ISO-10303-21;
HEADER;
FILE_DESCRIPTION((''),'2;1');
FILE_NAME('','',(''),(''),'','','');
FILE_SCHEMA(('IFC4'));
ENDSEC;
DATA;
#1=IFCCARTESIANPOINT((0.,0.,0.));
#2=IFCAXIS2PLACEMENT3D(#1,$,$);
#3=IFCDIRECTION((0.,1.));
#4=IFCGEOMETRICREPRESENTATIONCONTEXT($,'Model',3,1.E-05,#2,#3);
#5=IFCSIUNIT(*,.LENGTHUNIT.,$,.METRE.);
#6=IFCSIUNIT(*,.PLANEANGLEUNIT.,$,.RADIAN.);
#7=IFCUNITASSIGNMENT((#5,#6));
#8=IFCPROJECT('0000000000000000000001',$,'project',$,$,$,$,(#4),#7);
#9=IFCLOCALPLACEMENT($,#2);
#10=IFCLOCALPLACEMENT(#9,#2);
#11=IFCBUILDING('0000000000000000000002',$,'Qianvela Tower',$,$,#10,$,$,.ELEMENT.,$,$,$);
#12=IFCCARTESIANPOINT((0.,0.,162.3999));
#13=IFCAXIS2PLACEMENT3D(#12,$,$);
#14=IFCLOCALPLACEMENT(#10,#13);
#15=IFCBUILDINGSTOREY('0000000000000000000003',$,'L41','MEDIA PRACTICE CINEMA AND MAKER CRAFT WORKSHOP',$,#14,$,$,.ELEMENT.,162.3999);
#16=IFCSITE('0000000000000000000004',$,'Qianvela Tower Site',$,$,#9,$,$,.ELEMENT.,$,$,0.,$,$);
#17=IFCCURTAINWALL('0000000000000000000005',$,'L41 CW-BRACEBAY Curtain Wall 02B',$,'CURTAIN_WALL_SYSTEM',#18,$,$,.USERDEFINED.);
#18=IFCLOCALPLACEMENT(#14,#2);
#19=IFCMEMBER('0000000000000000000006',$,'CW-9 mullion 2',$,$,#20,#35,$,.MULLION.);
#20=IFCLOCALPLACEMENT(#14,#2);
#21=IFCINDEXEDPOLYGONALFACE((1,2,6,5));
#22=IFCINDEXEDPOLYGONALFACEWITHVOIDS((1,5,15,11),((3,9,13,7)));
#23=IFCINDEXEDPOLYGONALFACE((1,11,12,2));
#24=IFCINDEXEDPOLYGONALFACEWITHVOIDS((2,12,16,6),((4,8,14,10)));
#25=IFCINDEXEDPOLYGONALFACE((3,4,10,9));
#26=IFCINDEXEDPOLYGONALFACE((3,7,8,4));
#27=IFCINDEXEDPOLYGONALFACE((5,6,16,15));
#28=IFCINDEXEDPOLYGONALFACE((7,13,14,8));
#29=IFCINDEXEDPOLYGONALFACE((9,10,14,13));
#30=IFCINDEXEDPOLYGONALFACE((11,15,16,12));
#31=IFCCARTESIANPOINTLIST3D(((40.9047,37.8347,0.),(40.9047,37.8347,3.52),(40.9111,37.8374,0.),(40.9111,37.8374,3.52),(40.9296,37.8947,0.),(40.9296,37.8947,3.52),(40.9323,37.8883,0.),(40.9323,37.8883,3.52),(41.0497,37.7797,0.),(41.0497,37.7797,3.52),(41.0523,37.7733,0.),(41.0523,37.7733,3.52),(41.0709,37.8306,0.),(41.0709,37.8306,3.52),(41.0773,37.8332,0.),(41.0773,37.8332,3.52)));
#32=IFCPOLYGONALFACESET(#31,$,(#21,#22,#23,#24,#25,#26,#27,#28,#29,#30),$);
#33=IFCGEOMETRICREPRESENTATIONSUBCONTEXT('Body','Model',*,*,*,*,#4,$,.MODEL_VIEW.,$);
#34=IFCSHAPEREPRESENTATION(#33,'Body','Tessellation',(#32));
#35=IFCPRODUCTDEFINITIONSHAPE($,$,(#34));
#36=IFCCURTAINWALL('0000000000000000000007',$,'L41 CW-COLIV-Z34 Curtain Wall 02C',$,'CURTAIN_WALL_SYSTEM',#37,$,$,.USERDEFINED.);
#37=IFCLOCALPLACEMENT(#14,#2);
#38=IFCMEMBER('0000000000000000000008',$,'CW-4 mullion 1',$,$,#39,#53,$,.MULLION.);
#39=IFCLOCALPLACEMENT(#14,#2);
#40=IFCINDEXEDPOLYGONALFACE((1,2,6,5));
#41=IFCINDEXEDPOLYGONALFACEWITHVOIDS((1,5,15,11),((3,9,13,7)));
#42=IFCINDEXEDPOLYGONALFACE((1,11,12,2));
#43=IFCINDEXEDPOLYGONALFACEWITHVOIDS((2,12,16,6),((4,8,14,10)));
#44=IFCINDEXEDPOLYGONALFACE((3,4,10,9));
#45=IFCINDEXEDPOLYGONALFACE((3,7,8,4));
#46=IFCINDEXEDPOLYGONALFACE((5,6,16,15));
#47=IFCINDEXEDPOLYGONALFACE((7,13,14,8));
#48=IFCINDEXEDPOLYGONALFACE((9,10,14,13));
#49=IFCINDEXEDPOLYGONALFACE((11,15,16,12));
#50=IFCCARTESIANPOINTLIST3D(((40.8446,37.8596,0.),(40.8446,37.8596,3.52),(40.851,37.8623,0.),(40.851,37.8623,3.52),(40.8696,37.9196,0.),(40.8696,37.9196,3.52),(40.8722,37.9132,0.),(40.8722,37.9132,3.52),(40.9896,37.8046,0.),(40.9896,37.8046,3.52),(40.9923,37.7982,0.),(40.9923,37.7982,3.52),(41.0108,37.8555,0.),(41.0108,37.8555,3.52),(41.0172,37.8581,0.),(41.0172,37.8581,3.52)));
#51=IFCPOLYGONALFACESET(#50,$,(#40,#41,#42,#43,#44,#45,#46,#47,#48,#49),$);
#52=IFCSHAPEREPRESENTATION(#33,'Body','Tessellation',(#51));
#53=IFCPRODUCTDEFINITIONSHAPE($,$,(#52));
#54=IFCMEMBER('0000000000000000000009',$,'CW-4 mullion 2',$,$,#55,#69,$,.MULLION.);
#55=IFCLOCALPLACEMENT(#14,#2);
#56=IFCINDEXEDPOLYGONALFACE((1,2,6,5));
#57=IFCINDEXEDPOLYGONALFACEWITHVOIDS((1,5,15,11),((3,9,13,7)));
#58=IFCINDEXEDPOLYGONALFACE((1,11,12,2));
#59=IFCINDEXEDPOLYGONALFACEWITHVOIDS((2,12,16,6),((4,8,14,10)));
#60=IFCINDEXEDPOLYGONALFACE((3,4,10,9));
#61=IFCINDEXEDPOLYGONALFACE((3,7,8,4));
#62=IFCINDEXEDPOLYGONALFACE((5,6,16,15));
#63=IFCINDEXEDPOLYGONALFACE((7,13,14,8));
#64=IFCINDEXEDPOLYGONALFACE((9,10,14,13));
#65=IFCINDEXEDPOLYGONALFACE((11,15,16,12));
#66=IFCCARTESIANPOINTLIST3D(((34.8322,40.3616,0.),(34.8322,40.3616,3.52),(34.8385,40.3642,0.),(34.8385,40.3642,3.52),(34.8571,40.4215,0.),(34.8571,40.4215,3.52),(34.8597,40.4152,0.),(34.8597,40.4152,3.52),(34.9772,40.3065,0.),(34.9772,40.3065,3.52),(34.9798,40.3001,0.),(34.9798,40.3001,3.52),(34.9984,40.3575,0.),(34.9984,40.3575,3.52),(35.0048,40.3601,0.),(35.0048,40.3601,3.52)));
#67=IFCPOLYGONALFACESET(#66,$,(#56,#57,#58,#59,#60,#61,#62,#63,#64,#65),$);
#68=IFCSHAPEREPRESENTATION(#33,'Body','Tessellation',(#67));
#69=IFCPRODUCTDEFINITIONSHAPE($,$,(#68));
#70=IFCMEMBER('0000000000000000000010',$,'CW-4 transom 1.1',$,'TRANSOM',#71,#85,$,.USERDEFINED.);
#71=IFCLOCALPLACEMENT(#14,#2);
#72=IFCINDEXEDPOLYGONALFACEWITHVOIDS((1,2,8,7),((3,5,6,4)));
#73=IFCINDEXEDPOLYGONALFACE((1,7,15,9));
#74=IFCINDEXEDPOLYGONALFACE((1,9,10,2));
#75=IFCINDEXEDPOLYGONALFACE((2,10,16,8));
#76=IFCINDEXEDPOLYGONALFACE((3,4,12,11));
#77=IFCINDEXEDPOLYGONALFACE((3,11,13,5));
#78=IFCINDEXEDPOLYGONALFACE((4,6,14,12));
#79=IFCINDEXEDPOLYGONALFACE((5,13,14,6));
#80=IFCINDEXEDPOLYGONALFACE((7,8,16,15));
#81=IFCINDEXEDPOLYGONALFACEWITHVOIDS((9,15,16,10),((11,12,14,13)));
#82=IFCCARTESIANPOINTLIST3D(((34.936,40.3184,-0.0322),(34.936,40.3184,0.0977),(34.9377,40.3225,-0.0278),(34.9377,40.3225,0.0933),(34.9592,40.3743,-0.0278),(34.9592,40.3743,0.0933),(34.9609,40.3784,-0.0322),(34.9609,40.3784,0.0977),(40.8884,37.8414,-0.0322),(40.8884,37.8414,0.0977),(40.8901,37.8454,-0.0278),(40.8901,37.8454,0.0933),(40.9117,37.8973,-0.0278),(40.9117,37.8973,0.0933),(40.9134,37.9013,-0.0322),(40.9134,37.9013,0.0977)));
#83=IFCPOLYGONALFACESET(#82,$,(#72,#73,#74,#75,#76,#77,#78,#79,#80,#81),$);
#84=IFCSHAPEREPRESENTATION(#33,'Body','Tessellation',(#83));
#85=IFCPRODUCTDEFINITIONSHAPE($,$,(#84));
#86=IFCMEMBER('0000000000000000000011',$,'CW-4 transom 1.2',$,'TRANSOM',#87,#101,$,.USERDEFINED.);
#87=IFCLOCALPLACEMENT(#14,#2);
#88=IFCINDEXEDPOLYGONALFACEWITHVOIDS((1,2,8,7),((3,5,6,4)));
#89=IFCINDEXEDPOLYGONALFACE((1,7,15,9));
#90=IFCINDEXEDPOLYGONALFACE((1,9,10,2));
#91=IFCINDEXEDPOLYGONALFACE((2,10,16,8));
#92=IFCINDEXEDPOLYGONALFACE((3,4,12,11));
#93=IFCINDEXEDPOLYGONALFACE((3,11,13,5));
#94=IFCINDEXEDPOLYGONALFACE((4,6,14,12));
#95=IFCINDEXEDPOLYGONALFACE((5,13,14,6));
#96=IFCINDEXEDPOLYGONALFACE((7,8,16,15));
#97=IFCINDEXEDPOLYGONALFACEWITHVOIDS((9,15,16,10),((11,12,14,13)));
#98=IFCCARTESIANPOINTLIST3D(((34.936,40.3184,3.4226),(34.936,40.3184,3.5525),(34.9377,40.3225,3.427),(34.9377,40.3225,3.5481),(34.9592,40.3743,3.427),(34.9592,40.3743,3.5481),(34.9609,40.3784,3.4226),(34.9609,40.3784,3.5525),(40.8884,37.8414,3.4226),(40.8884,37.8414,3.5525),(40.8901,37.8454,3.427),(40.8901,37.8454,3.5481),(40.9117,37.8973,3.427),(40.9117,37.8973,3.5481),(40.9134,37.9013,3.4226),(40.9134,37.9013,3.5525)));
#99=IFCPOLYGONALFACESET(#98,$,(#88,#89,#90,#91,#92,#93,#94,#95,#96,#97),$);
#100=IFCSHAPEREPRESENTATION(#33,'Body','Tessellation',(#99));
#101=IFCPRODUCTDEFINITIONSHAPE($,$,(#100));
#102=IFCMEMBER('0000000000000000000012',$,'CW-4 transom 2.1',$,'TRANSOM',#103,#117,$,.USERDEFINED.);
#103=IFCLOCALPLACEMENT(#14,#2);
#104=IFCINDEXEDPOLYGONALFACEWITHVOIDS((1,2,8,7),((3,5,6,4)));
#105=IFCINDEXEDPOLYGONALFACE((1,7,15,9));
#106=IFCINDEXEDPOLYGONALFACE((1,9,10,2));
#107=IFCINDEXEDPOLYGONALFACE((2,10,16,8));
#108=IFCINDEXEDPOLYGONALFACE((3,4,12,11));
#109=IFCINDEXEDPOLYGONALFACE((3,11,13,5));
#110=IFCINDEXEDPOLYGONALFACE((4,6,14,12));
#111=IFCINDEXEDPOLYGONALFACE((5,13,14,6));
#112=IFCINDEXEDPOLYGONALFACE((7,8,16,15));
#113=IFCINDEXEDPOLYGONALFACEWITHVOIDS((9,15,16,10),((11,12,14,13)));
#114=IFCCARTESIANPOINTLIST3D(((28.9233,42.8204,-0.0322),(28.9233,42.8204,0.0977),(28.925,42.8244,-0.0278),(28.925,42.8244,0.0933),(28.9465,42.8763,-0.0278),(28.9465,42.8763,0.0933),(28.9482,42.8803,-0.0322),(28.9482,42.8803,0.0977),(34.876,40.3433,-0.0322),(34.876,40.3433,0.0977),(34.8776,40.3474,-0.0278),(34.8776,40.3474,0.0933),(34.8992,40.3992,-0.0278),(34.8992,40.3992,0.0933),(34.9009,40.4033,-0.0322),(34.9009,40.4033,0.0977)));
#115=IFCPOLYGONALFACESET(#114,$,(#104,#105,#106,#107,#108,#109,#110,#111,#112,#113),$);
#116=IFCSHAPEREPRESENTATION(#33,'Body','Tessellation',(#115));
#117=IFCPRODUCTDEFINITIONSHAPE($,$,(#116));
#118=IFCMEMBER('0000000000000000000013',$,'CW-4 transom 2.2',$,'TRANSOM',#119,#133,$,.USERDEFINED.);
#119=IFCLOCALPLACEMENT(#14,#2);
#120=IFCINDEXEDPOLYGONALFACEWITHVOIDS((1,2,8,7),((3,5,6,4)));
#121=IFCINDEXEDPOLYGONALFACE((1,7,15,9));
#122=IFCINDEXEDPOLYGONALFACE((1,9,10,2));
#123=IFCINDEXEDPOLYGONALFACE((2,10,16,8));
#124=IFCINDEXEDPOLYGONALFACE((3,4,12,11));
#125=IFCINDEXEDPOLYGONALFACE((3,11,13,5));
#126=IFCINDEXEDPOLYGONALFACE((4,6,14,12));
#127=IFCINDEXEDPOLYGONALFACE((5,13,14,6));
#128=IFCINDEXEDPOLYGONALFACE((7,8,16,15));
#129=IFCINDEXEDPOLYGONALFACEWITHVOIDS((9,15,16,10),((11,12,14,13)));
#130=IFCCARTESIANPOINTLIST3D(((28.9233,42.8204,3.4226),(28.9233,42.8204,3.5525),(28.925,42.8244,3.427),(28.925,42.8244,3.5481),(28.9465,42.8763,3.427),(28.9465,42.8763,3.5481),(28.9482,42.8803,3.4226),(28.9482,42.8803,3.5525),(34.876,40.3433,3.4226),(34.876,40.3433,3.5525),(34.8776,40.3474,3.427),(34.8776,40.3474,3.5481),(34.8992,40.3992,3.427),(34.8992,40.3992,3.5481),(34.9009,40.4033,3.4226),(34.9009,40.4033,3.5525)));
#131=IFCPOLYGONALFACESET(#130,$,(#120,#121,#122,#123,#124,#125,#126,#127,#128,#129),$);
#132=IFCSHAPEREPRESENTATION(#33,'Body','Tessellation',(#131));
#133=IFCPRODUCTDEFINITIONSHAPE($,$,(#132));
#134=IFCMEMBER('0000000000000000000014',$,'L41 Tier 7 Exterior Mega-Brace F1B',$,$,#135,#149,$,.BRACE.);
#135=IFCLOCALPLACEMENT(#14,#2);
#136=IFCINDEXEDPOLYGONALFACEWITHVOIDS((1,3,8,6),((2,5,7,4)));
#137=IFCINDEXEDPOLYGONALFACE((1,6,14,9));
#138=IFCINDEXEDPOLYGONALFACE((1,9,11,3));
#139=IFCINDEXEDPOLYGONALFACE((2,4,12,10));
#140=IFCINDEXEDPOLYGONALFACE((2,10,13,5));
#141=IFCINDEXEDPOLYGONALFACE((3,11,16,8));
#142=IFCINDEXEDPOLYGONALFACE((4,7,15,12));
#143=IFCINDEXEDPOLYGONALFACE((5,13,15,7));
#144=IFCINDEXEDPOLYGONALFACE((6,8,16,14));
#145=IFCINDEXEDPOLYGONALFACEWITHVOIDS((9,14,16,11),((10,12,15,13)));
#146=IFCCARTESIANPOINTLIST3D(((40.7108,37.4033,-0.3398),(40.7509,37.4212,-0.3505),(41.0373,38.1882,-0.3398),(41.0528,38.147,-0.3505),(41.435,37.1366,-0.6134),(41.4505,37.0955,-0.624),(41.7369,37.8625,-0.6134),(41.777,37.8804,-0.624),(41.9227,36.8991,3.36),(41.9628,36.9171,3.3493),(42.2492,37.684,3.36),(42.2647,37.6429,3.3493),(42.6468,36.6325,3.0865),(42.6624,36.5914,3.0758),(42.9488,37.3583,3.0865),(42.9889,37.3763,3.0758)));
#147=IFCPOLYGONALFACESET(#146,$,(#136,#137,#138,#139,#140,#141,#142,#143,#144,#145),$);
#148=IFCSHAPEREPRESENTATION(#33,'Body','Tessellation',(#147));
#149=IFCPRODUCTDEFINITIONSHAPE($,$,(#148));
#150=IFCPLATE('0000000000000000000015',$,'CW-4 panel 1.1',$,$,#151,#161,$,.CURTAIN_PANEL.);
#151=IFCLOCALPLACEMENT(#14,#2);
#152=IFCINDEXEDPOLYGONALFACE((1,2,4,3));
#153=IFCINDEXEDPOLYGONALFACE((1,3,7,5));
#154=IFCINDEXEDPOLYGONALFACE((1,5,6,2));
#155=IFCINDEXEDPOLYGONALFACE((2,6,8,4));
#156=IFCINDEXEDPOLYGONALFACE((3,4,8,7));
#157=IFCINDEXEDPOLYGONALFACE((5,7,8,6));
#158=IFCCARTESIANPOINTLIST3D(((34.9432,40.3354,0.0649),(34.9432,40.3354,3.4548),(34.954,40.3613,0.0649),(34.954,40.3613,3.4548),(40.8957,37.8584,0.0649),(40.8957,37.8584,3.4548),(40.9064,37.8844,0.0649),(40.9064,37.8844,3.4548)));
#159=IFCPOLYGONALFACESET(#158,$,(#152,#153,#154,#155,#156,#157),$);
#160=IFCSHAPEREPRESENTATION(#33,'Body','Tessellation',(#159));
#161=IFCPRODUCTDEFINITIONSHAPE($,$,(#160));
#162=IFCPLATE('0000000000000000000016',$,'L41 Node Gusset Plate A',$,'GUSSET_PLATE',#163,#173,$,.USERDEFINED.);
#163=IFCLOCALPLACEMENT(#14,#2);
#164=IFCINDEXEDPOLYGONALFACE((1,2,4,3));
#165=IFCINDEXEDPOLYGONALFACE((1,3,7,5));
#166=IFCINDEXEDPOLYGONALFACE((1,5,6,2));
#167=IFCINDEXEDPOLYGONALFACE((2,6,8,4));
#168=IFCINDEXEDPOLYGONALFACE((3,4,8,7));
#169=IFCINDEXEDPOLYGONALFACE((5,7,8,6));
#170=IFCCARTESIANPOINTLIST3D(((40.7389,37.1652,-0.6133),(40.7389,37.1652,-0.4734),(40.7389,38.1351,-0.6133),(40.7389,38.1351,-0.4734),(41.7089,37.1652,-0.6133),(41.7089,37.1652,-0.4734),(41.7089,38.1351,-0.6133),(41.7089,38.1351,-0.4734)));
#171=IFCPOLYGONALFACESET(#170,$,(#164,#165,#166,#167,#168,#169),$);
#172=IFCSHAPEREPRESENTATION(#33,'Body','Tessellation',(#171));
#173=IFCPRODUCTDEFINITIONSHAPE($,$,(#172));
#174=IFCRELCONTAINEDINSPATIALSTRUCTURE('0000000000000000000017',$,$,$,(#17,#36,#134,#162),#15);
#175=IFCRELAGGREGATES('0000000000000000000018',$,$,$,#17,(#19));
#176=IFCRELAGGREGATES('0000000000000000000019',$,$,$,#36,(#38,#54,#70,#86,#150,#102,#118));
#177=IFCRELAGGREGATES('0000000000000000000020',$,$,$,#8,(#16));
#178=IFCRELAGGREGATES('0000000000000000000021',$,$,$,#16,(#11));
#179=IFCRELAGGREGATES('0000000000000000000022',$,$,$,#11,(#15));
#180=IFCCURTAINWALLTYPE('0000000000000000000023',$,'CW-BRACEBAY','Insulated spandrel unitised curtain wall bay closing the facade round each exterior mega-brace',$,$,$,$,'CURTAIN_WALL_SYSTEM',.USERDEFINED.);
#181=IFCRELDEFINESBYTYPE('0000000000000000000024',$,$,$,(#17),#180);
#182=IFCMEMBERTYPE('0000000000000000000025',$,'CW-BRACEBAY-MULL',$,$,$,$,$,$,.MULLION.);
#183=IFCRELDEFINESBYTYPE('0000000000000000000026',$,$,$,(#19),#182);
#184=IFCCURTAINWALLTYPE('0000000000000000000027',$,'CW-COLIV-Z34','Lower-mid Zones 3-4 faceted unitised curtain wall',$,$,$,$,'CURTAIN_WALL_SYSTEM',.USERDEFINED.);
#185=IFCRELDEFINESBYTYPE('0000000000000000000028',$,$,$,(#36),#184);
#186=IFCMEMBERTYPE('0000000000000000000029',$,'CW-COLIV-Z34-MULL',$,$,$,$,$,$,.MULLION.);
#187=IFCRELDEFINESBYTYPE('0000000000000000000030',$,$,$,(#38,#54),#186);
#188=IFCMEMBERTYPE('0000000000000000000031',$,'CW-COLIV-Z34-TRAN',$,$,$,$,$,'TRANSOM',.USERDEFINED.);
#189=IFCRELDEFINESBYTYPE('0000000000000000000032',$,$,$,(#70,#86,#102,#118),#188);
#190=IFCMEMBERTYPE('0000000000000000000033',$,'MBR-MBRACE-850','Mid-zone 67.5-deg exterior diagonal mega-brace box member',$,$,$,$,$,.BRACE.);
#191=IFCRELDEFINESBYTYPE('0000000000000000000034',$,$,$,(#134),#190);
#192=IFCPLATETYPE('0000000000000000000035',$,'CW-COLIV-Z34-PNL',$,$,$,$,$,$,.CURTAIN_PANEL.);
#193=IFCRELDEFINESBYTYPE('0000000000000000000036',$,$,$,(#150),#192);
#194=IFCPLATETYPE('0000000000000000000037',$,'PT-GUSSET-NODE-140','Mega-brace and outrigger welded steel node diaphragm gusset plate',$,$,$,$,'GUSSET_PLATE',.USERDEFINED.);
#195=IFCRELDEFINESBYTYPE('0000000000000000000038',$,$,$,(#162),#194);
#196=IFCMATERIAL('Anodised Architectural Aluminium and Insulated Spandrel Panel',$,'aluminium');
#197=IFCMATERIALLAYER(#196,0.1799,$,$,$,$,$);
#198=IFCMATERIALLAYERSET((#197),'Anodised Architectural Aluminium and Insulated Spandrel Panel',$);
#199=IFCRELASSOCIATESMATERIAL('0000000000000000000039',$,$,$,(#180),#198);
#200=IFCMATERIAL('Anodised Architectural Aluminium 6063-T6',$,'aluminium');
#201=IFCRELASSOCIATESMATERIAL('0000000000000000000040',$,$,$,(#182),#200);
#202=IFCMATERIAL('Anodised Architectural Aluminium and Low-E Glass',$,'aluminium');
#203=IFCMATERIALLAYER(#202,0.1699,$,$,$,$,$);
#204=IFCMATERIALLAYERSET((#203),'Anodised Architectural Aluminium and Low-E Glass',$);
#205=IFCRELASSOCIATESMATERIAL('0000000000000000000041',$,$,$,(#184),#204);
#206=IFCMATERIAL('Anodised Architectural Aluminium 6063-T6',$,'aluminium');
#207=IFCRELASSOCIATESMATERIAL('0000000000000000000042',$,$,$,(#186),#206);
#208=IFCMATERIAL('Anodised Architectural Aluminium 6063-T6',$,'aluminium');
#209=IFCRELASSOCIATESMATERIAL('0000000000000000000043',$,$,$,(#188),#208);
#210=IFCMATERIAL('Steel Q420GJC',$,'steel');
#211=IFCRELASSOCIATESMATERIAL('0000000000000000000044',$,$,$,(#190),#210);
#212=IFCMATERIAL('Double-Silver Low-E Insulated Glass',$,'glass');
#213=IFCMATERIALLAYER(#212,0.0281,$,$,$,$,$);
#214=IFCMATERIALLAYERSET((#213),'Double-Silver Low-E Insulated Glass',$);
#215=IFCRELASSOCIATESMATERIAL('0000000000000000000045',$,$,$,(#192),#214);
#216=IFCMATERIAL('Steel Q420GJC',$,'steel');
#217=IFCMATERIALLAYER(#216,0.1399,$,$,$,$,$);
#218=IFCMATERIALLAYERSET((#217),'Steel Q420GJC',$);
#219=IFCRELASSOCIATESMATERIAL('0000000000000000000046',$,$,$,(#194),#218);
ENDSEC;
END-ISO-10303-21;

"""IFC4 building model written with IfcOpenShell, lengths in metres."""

from ifc_helpers import new_model, si_unit, direction, frame, origin, origin_2d, place, context, subcontext, project, spatial, rectangle, hollow_rectangle, extrude, material, layer, layer_set, material_profile, profile_set, type_object, element, aggregate, save


model = new_model("IFC4")

# Units and contexts
model_context = context("Model", 3, precision=1e-05, world=origin(), true_north=direction((0.0, 1.0)))
body_context = subcontext(model_context, "Body", "Model", "MODEL_VIEW")
ifc_project = project(units=[si_unit("LENGTHUNIT", "METRE"), si_unit("PLANEANGLEUNIT", "RADIAN")], contexts=[model_context])

# Site, building, storey
site_placement = place(None, origin())
site = spatial("IfcSite", under=ifc_project, at=site_placement, Name="Qianvela Tower Site", CompositionType="ELEMENT", RefElevation=0.0)
building_placement = place(site_placement, origin())
building = spatial("IfcBuilding", under=site, at=building_placement, Name="Qianvela Tower", CompositionType="ELEMENT")
storey_placement = place(building_placement, frame((0.0, 0.0, 162.3999)))
storey = spatial("IfcBuildingStorey", under=building, at=storey_placement, Name="L41", Description="MEDIA PRACTICE CINEMA AND MAKER CRAFT WORKSHOP", CompositionType="ELEMENT", Elevation=162.3999)

# Curtain wall, member
ifc_material_1 = material(Name="Anodised Architectural Aluminium and Insulated Spandrel Panel", Category="aluminium")
ifc_layer_1 = layer(ifc_material_1, 0.1799)
ifc_layer_set_1 = layer_set([ifc_layer_1], Name="Anodised Architectural Aluminium and Insulated Spandrel Panel")
curtain_wall_type_1 = type_object("IfcCurtainWallType", Name="CW-BRACEBAY", Description="Insulated spandrel unitised curtain wall bay closing the facade round each exterior mega-brace", ElementType="CURTAIN_WALL_SYSTEM", PredefinedType="USERDEFINED", material=ifc_layer_set_1)
curtain_wall_1_placement = place(storey_placement, origin())
curtain_wall_1 = element("IfcCurtainWall", 1, at=curtain_wall_1_placement, inside=storey, type_object=curtain_wall_type_1, Name="L41 CW-BRACEBAY Curtain Wall 02B", ObjectType="CURTAIN_WALL_SYSTEM", PredefinedType="USERDEFINED")
ifc_material_2 = material(Name="Anodised Architectural Aluminium 6063-T6", Category="aluminium")
ifc_material_profile_1 = material_profile(ifc_material_2, hollow_rectangle(XDim=0.0649, YDim=0.1599, WallThickness=0.0049, at=origin_2d()), Name="ALU-MULL-65x160")
ifc_profile_set_1 = profile_set([ifc_material_profile_1], Name="Anodised Architectural Aluminium 6063-T6")
member_type_1 = type_object("IfcMemberType", Name="CW-BRACEBAY-MULL", PredefinedType="MULLION", material=ifc_profile_set_1)
member_1_placement = place(storey_placement, frame((40.991, 37.834, 0.0), z_axis=(0.0, 0.0, 1.0), x_axis=(-0.384192, -0.923253, 0.0)))
member_1 = element("IfcMember", 2, at=member_1_placement, type_object=member_type_1, Name="CW-9 mullion 2", PredefinedType="MULLION", context=body_context, shape_type="SweptSolid", body=[
    extrude(hollow_rectangle(XDim=0.0649, YDim=0.1599, WallThickness=0.0049, at=origin_2d()), origin(), (0.0, 0.0, 1.0), 3.52),
])
aggregate(curtain_wall_1, [member_1])

# Curtain wall, members
ifc_material_3 = material(Name="Anodised Architectural Aluminium and Low-E Glass", Category="aluminium")
ifc_layer_2 = layer(ifc_material_3, 0.1699)
ifc_layer_set_2 = layer_set([ifc_layer_2], Name="Anodised Architectural Aluminium and Low-E Glass")
curtain_wall_type_2 = type_object("IfcCurtainWallType", Name="CW-COLIV-Z34", Description="Lower-mid Zones 3-4 faceted unitised curtain wall", ElementType="CURTAIN_WALL_SYSTEM", PredefinedType="USERDEFINED", material=ifc_layer_set_2)
curtain_wall_2_placement = place(storey_placement, origin())
curtain_wall_2 = element("IfcCurtainWall", 3, at=curtain_wall_2_placement, inside=storey, type_object=curtain_wall_type_2, Name="L41 CW-COLIV-Z34 Curtain Wall 02C", ObjectType="CURTAIN_WALL_SYSTEM", PredefinedType="USERDEFINED")
ifc_material_4 = material(Name="Anodised Architectural Aluminium 6063-T6", Category="aluminium")
ifc_material_profile_2 = material_profile(ifc_material_4, hollow_rectangle(XDim=0.0649, YDim=0.1599, WallThickness=0.0049, at=origin_2d()), Name="ALU-MULL-65x160")
ifc_profile_set_2 = profile_set([ifc_material_profile_2], Name="Anodised Architectural Aluminium 6063-T6")
member_type_2 = type_object("IfcMemberType", Name="CW-COLIV-Z34-MULL", PredefinedType="MULLION", material=ifc_profile_set_2)
member_2_placement = place(storey_placement, frame((40.9309, 37.8589, 0.0), z_axis=(0.0, 0.0, 1.0), x_axis=(-0.384182, -0.923257, 0.0)))
member_2 = element("IfcMember", 4, at=member_2_placement, type_object=member_type_2, Name="CW-4 mullion 1", PredefinedType="MULLION", context=body_context, shape_type="SweptSolid", body=[
    extrude(hollow_rectangle(XDim=0.0649, YDim=0.1599, WallThickness=0.0049, at=origin_2d()), origin(), (0.0, 0.0, 1.0), 3.52),
])
member_3_placement = place(storey_placement, frame((34.9185, 40.3608, 0.0), z_axis=(0.0, 0.0, 1.0), x_axis=(-0.384182, -0.923257, 0.0)))
member_3 = element("IfcMember", 5, at=member_3_placement, type_object=member_type_2, Name="CW-4 mullion 2", PredefinedType="MULLION", context=body_context, shape_type="SweptSolid", body=[
    extrude(hollow_rectangle(XDim=0.0649, YDim=0.1599, WallThickness=0.0049, at=origin_2d()), origin(), (0.0, 0.0, 1.0), 3.52),
])
ifc_material_5 = material(Name="Anodised Architectural Aluminium 6063-T6", Category="aluminium")
ifc_material_profile_3 = material_profile(ifc_material_5, hollow_rectangle(XDim=0.0649, YDim=0.1299, WallThickness=0.0044, at=origin_2d()), Name="ALU-TRAN-65x130")
ifc_profile_set_3 = profile_set([ifc_material_profile_3], Name="Anodised Architectural Aluminium 6063-T6")
member_type_3 = type_object("IfcMemberType", Name="CW-COLIV-Z34-TRAN", ElementType="TRANSOM", PredefinedType="USERDEFINED", material=ifc_profile_set_3)
member_4_placement = place(storey_placement, frame((40.9009, 37.8713, 0.0327), z_axis=(-0.923248, 0.384204, 0.0), x_axis=(-0.384204, -0.923248, 0.0)))
member_4 = element("IfcMember", 6, at=member_4_placement, type_object=member_type_3, Name="CW-4 transom 1.1", ObjectType="TRANSOM", PredefinedType="USERDEFINED", context=body_context, shape_type="SweptSolid", body=[
    extrude(hollow_rectangle(XDim=0.0649, YDim=0.1299, WallThickness=0.0044, at=origin_2d()), origin(), (0.0, 0.0, 1.0), 6.4473),
])
member_5_placement = place(storey_placement, frame((40.9009, 37.8713, 3.4875), z_axis=(-0.923248, 0.384204, 0.0), x_axis=(-0.384204, -0.923248, 0.0)))
member_5 = element("IfcMember", 7, at=member_5_placement, type_object=member_type_3, Name="CW-4 transom 1.2", ObjectType="TRANSOM", PredefinedType="USERDEFINED", context=body_context, shape_type="SweptSolid", body=[
    extrude(hollow_rectangle(XDim=0.0649, YDim=0.1299, WallThickness=0.0044, at=origin_2d()), origin(), (0.0, 0.0, 1.0), 6.4473),
])
member_6_placement = place(storey_placement, frame((34.8884, 40.3733, 0.0327), z_axis=(-0.923254, 0.384191, 0.0), x_axis=(-0.384191, -0.923254, 0.0)))
member_6 = element("IfcMember", 8, at=member_6_placement, type_object=member_type_3, Name="CW-4 transom 2.1", ObjectType="TRANSOM", PredefinedType="USERDEFINED", context=body_context, shape_type="SweptSolid", body=[
    extrude(hollow_rectangle(XDim=0.0649, YDim=0.1299, WallThickness=0.0044, at=origin_2d()), origin(), (0.0, 0.0, 1.0), 6.4475),
])
member_7_placement = place(storey_placement, frame((34.8884, 40.3733, 3.4875), z_axis=(-0.923254, 0.384191, 0.0), x_axis=(-0.384191, -0.923254, 0.0)))
member_7 = element("IfcMember", 9, at=member_7_placement, type_object=member_type_3, Name="CW-4 transom 2.2", ObjectType="TRANSOM", PredefinedType="USERDEFINED", context=body_context, shape_type="SweptSolid", body=[
    extrude(hollow_rectangle(XDim=0.0649, YDim=0.1299, WallThickness=0.0044, at=origin_2d()), origin(), (0.0, 0.0, 1.0), 6.4475),
])

# Member
ifc_material_6 = material(Name="Steel Q420GJC", Category="steel")
ifc_material_profile_4 = material_profile(ifc_material_6, hollow_rectangle(XDim=0.8501, YDim=0.8501, WallThickness=0.032, at=origin_2d()), Name="MBOX-850x850x32")
ifc_profile_set_4 = profile_set([ifc_material_profile_4], Name="Steel Q420GJC")
member_type_4 = type_object("IfcMemberType", Name="MBR-MBRACE-850", Description="Mid-zone 67.5-deg exterior diagonal mega-brace box member", PredefinedType="BRACE", material=ifc_profile_set_4)
member_8_placement = place(storey_placement, frame((41.2439, 37.6418, -0.4819), z_axis=(0.308699, -0.128417, 0.942451), x_axis=(0.384087, 0.923297, 0.0)))
element("IfcMember", 10, at=member_8_placement, inside=storey, type_object=member_type_4, Name="L41 Tier 7 Exterior Mega-Brace F1B", PredefinedType="BRACE", context=body_context, shape_type="SweptSolid", body=[
    extrude(hollow_rectangle(XDim=0.8501, YDim=0.8501, WallThickness=0.032, at=origin_2d()), origin(), (0.0, 0.0, 1.0), 3.9258),
])

# Plates
ifc_material_7 = material(Name="Double-Silver Low-E Insulated Glass", Category="glass")
ifc_layer_3 = layer(ifc_material_7, 0.0281)
ifc_layer_set_3 = layer_set([ifc_layer_3], Name="Double-Silver Low-E Insulated Glass")
plate_type_1 = type_object("IfcPlateType", Name="CW-COLIV-Z34-PNL", PredefinedType="CURTAIN_PANEL", material=ifc_layer_set_3)
plate_1_placement = place(storey_placement, frame((37.9248, 39.1099, 0.0649), z_axis=(0.0, 0.0, 1.0), x_axis=(-0.923257, 0.384182, 0.0)))
plate_1 = element("IfcPlate", 11, at=plate_1_placement, type_object=plate_type_1, Name="CW-4 panel 1.1", PredefinedType="CURTAIN_PANEL", context=body_context, shape_type="SweptSolid", body=[
    extrude(rectangle(XDim=6.4473, YDim=0.0281, at=origin_2d()), origin(), (0.0, 0.0, 1.0), 3.3899),
])
aggregate(curtain_wall_2, [member_2, member_3, member_4, member_5, plate_1, member_6, member_7])
ifc_material_8 = material(Name="Steel Q420GJC", Category="steel")
ifc_layer_4 = layer(ifc_material_8, 0.1399)
ifc_layer_set_4 = layer_set([ifc_layer_4], Name="Steel Q420GJC")
plate_type_2 = type_object("IfcPlateType", Name="PT-GUSSET-NODE-140", Description="Mega-brace and outrigger welded steel node diaphragm gusset plate", ElementType="GUSSET_PLATE", PredefinedType="USERDEFINED", material=ifc_layer_set_4)
plate_2_placement = place(storey_placement, frame((41.2239, 37.6501, -0.6133), z_axis=(0.0, 0.0, 1.0), x_axis=(1.0, 0.0, 0.0)))
element("IfcPlate", 12, at=plate_2_placement, inside=storey, type_object=plate_type_2, Name="L41 Node Gusset Plate A", ObjectType="GUSSET_PLATE", PredefinedType="USERDEFINED", context=body_context, shape_type="SweptSolid", body=[
    extrude(rectangle(XDim=0.97, YDim=0.97, at=origin_2d()), origin(), (0.0, 0.0, 1.0), 0.1399),
])

save(model, "model.ifc")
